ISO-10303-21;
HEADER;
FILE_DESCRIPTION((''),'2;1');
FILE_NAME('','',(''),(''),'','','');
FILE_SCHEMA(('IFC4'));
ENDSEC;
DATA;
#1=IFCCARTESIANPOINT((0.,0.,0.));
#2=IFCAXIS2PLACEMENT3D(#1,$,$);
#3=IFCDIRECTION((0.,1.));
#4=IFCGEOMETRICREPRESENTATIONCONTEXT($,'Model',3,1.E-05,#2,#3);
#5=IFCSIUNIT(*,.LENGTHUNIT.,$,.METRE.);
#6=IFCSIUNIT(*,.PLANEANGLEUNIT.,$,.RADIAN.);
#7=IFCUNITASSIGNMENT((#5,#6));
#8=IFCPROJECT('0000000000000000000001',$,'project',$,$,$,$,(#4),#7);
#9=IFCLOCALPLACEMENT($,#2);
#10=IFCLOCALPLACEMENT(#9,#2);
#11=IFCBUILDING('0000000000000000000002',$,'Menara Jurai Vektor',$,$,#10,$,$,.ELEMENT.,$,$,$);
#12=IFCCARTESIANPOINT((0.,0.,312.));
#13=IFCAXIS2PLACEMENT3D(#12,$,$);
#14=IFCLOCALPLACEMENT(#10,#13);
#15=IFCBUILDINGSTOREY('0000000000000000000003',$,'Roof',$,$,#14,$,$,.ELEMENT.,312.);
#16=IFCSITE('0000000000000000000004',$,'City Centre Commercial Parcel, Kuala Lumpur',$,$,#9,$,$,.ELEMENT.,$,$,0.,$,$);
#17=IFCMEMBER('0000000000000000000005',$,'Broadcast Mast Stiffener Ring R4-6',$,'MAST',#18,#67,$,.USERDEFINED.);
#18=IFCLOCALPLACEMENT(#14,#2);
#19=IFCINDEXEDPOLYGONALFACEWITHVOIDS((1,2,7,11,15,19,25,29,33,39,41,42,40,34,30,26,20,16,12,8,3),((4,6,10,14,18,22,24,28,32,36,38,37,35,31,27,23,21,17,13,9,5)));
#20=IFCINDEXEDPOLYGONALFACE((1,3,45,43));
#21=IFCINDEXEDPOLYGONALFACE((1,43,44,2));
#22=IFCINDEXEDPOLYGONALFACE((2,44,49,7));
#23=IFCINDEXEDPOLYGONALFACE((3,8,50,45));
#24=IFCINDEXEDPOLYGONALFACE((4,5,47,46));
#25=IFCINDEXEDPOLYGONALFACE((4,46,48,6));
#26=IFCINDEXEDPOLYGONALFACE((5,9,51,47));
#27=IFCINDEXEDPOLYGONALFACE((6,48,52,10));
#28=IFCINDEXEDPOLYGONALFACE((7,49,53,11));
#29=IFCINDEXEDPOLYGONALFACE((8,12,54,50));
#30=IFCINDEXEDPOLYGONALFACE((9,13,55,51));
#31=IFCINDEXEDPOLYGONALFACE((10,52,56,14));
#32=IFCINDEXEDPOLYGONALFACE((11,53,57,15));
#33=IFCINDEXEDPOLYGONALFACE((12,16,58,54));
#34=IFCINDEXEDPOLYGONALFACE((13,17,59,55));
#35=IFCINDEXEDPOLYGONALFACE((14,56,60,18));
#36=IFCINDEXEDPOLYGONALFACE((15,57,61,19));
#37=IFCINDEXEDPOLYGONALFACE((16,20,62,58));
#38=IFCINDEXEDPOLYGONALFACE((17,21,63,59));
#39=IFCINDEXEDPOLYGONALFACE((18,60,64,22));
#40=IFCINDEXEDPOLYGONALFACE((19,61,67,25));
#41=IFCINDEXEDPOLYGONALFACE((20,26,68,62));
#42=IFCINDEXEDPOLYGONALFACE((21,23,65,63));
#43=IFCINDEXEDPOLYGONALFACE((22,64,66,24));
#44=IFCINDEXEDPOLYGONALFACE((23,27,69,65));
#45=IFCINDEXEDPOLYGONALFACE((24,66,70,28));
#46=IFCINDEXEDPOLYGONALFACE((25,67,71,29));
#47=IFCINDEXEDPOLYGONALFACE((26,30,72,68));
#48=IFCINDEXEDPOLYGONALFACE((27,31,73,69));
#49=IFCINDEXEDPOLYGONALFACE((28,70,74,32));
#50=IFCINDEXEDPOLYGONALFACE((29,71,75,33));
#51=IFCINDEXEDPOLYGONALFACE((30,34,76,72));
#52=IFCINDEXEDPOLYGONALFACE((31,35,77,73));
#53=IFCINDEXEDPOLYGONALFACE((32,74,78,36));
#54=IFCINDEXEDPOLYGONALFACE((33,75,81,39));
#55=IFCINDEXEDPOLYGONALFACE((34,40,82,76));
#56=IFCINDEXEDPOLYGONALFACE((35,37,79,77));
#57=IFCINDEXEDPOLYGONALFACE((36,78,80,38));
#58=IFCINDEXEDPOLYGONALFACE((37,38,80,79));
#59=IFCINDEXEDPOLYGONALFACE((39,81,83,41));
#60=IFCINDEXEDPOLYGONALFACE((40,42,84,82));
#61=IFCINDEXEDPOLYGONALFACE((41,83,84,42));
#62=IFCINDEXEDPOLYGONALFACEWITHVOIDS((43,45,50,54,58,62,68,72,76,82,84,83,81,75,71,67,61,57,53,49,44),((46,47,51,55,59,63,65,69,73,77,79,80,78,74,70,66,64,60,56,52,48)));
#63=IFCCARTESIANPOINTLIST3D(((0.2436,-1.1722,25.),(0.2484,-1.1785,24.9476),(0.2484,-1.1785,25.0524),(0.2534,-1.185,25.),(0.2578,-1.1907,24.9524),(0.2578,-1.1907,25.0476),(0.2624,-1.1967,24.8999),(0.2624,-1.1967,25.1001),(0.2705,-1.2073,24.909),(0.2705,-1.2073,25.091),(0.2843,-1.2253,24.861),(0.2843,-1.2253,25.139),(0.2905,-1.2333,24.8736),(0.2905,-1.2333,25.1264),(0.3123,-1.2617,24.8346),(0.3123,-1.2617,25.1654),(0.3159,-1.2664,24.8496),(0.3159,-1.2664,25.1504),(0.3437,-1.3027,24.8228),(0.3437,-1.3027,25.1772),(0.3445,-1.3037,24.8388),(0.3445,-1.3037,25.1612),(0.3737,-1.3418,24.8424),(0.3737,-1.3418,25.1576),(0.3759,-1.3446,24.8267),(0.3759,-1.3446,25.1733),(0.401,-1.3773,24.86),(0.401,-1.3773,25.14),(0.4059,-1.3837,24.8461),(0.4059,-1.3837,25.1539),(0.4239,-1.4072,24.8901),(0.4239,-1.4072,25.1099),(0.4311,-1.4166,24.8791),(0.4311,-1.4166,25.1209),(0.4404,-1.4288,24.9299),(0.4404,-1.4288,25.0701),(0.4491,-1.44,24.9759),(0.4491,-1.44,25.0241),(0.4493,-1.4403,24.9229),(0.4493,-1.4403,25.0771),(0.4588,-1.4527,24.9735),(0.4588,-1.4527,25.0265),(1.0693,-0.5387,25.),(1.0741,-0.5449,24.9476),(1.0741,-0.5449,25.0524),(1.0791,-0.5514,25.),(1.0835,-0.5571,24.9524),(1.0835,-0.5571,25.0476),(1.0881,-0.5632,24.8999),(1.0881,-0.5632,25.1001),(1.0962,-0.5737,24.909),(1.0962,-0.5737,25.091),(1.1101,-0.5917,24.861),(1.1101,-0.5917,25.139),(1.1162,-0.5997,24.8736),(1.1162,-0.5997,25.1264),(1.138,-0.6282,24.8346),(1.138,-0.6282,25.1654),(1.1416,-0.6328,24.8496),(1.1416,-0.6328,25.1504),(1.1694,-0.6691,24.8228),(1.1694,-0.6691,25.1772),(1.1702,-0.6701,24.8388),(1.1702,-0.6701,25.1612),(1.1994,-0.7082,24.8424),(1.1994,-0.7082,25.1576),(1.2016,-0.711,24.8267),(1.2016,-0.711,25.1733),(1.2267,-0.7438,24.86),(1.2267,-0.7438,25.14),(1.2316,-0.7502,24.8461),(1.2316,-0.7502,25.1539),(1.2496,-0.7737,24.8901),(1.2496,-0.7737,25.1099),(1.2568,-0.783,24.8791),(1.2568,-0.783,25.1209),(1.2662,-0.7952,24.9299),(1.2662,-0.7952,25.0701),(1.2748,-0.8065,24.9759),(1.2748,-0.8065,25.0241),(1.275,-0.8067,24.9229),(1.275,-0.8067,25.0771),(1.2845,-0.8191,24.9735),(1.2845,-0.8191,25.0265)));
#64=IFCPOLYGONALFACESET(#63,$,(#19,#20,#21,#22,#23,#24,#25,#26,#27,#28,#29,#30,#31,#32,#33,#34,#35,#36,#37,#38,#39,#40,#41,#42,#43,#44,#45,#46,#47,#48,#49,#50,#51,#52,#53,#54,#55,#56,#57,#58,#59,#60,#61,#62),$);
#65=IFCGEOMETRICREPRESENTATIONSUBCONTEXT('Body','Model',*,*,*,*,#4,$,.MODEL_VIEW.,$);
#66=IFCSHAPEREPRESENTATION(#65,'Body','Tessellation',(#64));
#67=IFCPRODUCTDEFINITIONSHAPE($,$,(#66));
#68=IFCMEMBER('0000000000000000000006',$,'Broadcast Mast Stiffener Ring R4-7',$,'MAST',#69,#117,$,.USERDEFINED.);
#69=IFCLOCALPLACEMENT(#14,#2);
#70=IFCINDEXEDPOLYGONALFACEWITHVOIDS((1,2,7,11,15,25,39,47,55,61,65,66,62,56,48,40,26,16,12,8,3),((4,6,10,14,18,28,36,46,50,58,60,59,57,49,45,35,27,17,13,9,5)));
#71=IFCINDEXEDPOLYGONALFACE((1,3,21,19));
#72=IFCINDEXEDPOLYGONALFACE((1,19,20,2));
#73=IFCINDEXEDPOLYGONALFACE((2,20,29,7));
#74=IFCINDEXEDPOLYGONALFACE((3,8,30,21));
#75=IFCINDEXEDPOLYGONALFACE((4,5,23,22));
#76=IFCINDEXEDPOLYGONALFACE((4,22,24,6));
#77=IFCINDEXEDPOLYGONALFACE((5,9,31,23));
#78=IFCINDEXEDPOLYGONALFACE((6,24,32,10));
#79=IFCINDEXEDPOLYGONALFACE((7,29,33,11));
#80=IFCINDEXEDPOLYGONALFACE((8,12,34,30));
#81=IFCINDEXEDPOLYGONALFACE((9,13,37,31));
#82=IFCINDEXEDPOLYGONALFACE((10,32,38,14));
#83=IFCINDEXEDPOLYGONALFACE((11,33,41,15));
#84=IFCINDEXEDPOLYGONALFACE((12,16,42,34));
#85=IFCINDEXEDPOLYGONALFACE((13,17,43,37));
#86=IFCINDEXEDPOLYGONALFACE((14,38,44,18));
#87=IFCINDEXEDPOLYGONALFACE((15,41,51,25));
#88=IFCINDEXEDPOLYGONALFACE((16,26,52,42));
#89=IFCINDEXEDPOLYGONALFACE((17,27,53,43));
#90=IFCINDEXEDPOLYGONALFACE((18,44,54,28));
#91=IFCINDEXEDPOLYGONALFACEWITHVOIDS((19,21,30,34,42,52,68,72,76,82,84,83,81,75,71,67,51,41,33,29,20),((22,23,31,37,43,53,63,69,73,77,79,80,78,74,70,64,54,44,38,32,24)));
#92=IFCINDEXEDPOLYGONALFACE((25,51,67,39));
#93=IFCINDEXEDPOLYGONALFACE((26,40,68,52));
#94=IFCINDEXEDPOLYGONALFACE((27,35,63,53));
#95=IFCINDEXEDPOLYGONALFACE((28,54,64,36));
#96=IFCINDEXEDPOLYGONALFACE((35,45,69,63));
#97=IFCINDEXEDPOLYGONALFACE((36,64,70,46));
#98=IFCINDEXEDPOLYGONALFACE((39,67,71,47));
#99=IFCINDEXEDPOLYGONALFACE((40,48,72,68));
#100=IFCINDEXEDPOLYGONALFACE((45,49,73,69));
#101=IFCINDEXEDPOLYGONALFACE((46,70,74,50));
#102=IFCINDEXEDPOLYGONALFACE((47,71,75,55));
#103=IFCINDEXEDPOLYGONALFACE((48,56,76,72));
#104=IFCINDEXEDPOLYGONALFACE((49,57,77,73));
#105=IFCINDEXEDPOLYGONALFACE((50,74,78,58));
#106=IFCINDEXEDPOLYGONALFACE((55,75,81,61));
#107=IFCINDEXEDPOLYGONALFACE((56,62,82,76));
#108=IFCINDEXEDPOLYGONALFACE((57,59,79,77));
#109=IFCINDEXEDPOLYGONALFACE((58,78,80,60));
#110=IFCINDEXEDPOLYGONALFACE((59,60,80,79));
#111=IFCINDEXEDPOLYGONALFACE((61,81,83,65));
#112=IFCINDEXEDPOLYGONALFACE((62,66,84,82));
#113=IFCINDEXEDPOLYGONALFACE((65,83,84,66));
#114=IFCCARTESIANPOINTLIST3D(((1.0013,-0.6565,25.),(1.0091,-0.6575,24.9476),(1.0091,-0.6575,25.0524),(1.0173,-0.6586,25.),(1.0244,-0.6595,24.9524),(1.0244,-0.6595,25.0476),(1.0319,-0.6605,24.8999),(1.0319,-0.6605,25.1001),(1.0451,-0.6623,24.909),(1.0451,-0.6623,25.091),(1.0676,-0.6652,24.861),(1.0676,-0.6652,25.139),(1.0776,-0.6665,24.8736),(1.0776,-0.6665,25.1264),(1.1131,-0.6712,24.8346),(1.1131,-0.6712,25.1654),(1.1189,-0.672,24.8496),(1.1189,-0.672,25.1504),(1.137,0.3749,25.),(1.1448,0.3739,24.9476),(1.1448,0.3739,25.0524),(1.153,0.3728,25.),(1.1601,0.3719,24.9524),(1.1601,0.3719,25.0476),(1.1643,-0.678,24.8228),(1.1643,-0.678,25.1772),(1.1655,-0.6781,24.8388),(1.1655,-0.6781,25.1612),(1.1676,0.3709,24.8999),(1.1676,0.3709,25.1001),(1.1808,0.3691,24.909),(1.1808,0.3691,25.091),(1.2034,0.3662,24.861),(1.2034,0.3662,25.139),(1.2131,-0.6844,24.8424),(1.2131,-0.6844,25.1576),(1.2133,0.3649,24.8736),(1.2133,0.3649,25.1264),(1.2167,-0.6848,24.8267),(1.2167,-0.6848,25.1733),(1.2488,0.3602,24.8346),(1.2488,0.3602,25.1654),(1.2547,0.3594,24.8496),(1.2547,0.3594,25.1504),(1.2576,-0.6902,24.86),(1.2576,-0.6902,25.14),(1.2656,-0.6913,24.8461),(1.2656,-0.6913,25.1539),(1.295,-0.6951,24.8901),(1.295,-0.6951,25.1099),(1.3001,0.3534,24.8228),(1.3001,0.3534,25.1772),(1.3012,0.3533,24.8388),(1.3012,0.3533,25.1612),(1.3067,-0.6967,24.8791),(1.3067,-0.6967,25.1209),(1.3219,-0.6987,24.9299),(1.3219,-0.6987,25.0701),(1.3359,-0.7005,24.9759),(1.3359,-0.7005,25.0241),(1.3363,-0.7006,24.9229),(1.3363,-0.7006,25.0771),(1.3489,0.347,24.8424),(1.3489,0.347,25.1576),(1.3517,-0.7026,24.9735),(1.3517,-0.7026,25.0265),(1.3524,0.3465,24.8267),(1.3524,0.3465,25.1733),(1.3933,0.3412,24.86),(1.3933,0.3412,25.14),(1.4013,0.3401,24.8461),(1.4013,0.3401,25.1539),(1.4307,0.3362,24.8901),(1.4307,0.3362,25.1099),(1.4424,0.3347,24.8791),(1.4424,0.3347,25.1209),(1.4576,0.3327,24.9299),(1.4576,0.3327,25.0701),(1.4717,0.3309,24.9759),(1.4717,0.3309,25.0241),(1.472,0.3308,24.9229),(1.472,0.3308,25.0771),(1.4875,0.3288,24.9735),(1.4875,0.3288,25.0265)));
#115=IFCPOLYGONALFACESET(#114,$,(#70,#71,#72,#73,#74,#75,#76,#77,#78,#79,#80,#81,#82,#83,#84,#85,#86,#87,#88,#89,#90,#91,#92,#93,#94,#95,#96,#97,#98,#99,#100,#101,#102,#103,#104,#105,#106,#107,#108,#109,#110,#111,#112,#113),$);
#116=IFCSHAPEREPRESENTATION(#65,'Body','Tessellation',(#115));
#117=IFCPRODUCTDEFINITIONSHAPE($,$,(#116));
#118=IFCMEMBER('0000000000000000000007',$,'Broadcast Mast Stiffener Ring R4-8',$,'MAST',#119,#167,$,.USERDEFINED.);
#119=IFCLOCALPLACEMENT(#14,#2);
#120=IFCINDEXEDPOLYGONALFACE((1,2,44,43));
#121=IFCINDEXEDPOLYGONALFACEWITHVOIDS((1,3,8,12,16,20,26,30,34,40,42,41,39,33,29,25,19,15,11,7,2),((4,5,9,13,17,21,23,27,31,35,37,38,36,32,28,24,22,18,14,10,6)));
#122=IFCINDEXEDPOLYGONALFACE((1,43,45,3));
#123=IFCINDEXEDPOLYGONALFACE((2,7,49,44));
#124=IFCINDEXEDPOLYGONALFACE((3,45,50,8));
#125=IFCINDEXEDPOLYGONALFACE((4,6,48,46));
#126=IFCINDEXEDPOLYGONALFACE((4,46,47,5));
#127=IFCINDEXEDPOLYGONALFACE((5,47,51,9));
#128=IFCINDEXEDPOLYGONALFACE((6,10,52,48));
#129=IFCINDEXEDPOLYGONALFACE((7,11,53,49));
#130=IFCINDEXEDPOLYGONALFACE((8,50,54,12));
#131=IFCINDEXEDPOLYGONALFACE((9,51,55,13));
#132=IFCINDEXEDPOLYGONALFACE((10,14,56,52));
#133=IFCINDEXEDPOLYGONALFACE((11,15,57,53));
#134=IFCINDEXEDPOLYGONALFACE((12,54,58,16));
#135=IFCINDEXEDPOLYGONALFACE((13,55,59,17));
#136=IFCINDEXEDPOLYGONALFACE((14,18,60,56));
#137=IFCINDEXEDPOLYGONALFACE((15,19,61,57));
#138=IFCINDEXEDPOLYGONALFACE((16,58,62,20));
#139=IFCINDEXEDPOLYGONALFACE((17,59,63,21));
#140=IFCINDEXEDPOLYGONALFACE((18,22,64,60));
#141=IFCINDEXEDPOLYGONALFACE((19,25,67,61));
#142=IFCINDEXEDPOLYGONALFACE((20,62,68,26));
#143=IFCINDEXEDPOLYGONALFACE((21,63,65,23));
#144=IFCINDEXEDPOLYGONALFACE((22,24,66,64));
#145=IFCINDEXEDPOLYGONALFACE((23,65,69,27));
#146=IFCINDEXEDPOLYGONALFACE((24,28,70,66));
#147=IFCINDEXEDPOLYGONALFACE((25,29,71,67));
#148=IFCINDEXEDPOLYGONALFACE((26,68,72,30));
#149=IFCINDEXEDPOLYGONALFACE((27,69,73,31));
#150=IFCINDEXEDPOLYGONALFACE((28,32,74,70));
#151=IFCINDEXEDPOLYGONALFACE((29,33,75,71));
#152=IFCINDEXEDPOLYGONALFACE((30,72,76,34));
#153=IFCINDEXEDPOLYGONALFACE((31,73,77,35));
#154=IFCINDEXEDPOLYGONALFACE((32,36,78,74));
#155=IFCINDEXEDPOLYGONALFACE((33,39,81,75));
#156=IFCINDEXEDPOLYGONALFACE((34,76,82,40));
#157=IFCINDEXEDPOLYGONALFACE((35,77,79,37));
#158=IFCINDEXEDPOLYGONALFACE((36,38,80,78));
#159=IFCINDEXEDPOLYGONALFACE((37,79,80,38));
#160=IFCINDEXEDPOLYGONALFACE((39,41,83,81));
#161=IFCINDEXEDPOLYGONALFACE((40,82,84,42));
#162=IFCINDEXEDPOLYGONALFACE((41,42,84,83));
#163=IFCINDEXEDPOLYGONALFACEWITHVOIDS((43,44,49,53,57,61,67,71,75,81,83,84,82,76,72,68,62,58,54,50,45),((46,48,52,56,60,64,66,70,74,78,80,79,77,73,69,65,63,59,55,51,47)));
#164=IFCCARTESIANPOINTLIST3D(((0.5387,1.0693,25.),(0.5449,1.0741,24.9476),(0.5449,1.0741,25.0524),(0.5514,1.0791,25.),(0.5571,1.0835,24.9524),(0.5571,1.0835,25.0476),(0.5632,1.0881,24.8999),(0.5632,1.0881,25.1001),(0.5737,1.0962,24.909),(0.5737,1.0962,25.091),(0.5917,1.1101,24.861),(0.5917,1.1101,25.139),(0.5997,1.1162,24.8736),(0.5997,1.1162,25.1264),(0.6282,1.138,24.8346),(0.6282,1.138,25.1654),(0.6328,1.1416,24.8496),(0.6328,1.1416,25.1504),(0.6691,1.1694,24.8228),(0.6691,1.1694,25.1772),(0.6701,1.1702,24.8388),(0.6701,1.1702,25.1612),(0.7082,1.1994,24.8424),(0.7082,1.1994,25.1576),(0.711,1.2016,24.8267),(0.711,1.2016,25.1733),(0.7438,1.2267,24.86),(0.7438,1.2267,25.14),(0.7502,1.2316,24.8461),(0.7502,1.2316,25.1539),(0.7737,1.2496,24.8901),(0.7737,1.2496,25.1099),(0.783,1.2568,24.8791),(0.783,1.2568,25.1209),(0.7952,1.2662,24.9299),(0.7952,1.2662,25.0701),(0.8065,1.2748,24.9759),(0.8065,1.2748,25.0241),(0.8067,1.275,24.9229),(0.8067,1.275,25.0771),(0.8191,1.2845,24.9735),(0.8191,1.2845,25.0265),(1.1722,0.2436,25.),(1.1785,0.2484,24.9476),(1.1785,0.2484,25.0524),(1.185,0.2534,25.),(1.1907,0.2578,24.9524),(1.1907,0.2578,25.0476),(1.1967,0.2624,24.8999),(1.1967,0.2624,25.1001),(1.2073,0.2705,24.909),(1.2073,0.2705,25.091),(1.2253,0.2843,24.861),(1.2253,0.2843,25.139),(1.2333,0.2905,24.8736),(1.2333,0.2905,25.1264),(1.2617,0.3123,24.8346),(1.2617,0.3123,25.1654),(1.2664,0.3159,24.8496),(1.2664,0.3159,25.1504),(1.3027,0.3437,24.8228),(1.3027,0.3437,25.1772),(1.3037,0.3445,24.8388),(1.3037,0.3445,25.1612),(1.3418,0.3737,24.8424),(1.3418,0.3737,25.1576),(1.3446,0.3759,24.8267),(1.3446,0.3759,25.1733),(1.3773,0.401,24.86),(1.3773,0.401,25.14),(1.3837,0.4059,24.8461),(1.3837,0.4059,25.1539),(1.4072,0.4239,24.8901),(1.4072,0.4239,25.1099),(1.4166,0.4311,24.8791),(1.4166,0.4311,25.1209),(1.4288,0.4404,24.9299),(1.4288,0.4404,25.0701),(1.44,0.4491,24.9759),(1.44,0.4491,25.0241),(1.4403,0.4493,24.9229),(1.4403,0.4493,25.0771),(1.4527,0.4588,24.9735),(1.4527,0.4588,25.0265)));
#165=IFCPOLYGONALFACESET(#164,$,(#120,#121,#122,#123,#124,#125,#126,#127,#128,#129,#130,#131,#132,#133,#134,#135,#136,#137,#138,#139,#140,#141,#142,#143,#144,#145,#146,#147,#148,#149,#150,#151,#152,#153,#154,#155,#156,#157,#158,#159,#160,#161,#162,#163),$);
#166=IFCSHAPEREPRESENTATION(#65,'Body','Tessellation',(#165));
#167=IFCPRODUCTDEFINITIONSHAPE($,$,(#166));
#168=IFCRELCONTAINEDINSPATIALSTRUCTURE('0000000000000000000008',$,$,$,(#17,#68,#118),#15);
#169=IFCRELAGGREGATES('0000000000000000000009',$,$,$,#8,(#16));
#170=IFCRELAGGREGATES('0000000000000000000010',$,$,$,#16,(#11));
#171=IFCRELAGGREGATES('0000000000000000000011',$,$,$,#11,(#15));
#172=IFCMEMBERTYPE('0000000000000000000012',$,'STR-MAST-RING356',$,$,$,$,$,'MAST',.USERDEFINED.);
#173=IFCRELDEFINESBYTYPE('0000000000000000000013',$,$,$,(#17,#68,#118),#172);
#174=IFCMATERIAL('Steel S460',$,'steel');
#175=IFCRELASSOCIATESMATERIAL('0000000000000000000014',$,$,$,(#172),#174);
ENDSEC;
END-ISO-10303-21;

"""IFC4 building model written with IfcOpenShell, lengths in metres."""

from ifc_helpers import new_model, si_unit, direction, frame, origin, origin_2d, place, context, subcontext, project, spatial, hollow_circle, extrude, material, material_profile, profile_set, type_object, element, save


model = new_model("IFC4")

# Units and contexts
model_context = context("Model", 3, precision=1e-05, world=origin(), true_north=direction((0.0, 1.0)))
body_context = subcontext(model_context, "Body", "Model", "MODEL_VIEW")
ifc_project = project(units=[si_unit("LENGTHUNIT", "METRE"), si_unit("PLANEANGLEUNIT", "RADIAN")], contexts=[model_context])

# Site, building, storey
site_placement = place(None, origin())
site = spatial("IfcSite", under=ifc_project, at=site_placement, Name="City Centre Commercial Parcel, Kuala Lumpur", CompositionType="ELEMENT", RefElevation=0.0)
building_placement = place(site_placement, origin())
building = spatial("IfcBuilding", under=site, at=building_placement, Name="Menara Jurai Vektor", CompositionType="ELEMENT")
storey_placement = place(building_placement, frame((0.0, 0.0, 312.0)))
storey = spatial("IfcBuildingStorey", under=building, at=storey_placement, Name="Roof", CompositionType="ELEMENT", Elevation=312.0)

# Members
ifc_material = material(Name="Steel S460", Category="steel")
ifc_material_profile_1 = material_profile(ifc_material, hollow_circle(Radius=0.1777, WallThickness=0.0161, at=origin_2d()), Name="CHS 355.6x16")
ifc_profile_set_1 = profile_set([ifc_material_profile_1], Name="Steel S460")
member_type_1 = type_object("IfcMemberType", Name="STR-MAST-RING356", ElementType="MAST", PredefinedType="USERDEFINED", material=ifc_profile_set_1)
member_1_placement = place(storey_placement, frame((0.3518, -1.3132, 25.0), z_axis=(0.793365, 0.608747, 0.0), x_axis=(-0.608747, 0.793365, 0.0)))
element("IfcMember", 1, at=member_1_placement, inside=storey, type_object=member_type_1, Name="Broadcast Mast Stiffener Ring R4-6", ObjectType="MAST", PredefinedType="USERDEFINED", context=body_context, shape_type="SweptSolid", body=[
    extrude(hollow_circle(Radius=0.1777, WallThickness=0.0161, at=origin_2d()), origin(), (0.0, 0.0, 1.0), 1.0408),
])
member_2_placement = place(storey_placement, frame((1.1775, -0.6797, 25.0), z_axis=(0.130473, 0.991452, 0.0), x_axis=(-0.991452, 0.130473, 0.0)))
element("IfcMember", 2, at=member_2_placement, inside=storey, type_object=member_type_1, Name="Broadcast Mast Stiffener Ring R4-7", ObjectType="MAST", PredefinedType="USERDEFINED", context=body_context, shape_type="SweptSolid", body=[
    extrude(hollow_circle(Radius=0.1777, WallThickness=0.0161, at=origin_2d()), origin(), (0.0, 0.0, 1.0), 1.0403),
])
member_3_placement = place(storey_placement, frame((1.3132, 0.3518, 25.0), z_axis=(-0.608747, 0.793365, 0.0), x_axis=(-0.793365, -0.608747, 0.0)))
element("IfcMember", 3, at=member_3_placement, inside=storey, type_object=member_type_1, Name="Broadcast Mast Stiffener Ring R4-8", ObjectType="MAST", PredefinedType="USERDEFINED", context=body_context, shape_type="SweptSolid", body=[
    extrude(hollow_circle(Radius=0.1777, WallThickness=0.0161, at=origin_2d()), origin(), (0.0, 0.0, 1.0), 1.0408),
])

save(model, "model.ifc")
